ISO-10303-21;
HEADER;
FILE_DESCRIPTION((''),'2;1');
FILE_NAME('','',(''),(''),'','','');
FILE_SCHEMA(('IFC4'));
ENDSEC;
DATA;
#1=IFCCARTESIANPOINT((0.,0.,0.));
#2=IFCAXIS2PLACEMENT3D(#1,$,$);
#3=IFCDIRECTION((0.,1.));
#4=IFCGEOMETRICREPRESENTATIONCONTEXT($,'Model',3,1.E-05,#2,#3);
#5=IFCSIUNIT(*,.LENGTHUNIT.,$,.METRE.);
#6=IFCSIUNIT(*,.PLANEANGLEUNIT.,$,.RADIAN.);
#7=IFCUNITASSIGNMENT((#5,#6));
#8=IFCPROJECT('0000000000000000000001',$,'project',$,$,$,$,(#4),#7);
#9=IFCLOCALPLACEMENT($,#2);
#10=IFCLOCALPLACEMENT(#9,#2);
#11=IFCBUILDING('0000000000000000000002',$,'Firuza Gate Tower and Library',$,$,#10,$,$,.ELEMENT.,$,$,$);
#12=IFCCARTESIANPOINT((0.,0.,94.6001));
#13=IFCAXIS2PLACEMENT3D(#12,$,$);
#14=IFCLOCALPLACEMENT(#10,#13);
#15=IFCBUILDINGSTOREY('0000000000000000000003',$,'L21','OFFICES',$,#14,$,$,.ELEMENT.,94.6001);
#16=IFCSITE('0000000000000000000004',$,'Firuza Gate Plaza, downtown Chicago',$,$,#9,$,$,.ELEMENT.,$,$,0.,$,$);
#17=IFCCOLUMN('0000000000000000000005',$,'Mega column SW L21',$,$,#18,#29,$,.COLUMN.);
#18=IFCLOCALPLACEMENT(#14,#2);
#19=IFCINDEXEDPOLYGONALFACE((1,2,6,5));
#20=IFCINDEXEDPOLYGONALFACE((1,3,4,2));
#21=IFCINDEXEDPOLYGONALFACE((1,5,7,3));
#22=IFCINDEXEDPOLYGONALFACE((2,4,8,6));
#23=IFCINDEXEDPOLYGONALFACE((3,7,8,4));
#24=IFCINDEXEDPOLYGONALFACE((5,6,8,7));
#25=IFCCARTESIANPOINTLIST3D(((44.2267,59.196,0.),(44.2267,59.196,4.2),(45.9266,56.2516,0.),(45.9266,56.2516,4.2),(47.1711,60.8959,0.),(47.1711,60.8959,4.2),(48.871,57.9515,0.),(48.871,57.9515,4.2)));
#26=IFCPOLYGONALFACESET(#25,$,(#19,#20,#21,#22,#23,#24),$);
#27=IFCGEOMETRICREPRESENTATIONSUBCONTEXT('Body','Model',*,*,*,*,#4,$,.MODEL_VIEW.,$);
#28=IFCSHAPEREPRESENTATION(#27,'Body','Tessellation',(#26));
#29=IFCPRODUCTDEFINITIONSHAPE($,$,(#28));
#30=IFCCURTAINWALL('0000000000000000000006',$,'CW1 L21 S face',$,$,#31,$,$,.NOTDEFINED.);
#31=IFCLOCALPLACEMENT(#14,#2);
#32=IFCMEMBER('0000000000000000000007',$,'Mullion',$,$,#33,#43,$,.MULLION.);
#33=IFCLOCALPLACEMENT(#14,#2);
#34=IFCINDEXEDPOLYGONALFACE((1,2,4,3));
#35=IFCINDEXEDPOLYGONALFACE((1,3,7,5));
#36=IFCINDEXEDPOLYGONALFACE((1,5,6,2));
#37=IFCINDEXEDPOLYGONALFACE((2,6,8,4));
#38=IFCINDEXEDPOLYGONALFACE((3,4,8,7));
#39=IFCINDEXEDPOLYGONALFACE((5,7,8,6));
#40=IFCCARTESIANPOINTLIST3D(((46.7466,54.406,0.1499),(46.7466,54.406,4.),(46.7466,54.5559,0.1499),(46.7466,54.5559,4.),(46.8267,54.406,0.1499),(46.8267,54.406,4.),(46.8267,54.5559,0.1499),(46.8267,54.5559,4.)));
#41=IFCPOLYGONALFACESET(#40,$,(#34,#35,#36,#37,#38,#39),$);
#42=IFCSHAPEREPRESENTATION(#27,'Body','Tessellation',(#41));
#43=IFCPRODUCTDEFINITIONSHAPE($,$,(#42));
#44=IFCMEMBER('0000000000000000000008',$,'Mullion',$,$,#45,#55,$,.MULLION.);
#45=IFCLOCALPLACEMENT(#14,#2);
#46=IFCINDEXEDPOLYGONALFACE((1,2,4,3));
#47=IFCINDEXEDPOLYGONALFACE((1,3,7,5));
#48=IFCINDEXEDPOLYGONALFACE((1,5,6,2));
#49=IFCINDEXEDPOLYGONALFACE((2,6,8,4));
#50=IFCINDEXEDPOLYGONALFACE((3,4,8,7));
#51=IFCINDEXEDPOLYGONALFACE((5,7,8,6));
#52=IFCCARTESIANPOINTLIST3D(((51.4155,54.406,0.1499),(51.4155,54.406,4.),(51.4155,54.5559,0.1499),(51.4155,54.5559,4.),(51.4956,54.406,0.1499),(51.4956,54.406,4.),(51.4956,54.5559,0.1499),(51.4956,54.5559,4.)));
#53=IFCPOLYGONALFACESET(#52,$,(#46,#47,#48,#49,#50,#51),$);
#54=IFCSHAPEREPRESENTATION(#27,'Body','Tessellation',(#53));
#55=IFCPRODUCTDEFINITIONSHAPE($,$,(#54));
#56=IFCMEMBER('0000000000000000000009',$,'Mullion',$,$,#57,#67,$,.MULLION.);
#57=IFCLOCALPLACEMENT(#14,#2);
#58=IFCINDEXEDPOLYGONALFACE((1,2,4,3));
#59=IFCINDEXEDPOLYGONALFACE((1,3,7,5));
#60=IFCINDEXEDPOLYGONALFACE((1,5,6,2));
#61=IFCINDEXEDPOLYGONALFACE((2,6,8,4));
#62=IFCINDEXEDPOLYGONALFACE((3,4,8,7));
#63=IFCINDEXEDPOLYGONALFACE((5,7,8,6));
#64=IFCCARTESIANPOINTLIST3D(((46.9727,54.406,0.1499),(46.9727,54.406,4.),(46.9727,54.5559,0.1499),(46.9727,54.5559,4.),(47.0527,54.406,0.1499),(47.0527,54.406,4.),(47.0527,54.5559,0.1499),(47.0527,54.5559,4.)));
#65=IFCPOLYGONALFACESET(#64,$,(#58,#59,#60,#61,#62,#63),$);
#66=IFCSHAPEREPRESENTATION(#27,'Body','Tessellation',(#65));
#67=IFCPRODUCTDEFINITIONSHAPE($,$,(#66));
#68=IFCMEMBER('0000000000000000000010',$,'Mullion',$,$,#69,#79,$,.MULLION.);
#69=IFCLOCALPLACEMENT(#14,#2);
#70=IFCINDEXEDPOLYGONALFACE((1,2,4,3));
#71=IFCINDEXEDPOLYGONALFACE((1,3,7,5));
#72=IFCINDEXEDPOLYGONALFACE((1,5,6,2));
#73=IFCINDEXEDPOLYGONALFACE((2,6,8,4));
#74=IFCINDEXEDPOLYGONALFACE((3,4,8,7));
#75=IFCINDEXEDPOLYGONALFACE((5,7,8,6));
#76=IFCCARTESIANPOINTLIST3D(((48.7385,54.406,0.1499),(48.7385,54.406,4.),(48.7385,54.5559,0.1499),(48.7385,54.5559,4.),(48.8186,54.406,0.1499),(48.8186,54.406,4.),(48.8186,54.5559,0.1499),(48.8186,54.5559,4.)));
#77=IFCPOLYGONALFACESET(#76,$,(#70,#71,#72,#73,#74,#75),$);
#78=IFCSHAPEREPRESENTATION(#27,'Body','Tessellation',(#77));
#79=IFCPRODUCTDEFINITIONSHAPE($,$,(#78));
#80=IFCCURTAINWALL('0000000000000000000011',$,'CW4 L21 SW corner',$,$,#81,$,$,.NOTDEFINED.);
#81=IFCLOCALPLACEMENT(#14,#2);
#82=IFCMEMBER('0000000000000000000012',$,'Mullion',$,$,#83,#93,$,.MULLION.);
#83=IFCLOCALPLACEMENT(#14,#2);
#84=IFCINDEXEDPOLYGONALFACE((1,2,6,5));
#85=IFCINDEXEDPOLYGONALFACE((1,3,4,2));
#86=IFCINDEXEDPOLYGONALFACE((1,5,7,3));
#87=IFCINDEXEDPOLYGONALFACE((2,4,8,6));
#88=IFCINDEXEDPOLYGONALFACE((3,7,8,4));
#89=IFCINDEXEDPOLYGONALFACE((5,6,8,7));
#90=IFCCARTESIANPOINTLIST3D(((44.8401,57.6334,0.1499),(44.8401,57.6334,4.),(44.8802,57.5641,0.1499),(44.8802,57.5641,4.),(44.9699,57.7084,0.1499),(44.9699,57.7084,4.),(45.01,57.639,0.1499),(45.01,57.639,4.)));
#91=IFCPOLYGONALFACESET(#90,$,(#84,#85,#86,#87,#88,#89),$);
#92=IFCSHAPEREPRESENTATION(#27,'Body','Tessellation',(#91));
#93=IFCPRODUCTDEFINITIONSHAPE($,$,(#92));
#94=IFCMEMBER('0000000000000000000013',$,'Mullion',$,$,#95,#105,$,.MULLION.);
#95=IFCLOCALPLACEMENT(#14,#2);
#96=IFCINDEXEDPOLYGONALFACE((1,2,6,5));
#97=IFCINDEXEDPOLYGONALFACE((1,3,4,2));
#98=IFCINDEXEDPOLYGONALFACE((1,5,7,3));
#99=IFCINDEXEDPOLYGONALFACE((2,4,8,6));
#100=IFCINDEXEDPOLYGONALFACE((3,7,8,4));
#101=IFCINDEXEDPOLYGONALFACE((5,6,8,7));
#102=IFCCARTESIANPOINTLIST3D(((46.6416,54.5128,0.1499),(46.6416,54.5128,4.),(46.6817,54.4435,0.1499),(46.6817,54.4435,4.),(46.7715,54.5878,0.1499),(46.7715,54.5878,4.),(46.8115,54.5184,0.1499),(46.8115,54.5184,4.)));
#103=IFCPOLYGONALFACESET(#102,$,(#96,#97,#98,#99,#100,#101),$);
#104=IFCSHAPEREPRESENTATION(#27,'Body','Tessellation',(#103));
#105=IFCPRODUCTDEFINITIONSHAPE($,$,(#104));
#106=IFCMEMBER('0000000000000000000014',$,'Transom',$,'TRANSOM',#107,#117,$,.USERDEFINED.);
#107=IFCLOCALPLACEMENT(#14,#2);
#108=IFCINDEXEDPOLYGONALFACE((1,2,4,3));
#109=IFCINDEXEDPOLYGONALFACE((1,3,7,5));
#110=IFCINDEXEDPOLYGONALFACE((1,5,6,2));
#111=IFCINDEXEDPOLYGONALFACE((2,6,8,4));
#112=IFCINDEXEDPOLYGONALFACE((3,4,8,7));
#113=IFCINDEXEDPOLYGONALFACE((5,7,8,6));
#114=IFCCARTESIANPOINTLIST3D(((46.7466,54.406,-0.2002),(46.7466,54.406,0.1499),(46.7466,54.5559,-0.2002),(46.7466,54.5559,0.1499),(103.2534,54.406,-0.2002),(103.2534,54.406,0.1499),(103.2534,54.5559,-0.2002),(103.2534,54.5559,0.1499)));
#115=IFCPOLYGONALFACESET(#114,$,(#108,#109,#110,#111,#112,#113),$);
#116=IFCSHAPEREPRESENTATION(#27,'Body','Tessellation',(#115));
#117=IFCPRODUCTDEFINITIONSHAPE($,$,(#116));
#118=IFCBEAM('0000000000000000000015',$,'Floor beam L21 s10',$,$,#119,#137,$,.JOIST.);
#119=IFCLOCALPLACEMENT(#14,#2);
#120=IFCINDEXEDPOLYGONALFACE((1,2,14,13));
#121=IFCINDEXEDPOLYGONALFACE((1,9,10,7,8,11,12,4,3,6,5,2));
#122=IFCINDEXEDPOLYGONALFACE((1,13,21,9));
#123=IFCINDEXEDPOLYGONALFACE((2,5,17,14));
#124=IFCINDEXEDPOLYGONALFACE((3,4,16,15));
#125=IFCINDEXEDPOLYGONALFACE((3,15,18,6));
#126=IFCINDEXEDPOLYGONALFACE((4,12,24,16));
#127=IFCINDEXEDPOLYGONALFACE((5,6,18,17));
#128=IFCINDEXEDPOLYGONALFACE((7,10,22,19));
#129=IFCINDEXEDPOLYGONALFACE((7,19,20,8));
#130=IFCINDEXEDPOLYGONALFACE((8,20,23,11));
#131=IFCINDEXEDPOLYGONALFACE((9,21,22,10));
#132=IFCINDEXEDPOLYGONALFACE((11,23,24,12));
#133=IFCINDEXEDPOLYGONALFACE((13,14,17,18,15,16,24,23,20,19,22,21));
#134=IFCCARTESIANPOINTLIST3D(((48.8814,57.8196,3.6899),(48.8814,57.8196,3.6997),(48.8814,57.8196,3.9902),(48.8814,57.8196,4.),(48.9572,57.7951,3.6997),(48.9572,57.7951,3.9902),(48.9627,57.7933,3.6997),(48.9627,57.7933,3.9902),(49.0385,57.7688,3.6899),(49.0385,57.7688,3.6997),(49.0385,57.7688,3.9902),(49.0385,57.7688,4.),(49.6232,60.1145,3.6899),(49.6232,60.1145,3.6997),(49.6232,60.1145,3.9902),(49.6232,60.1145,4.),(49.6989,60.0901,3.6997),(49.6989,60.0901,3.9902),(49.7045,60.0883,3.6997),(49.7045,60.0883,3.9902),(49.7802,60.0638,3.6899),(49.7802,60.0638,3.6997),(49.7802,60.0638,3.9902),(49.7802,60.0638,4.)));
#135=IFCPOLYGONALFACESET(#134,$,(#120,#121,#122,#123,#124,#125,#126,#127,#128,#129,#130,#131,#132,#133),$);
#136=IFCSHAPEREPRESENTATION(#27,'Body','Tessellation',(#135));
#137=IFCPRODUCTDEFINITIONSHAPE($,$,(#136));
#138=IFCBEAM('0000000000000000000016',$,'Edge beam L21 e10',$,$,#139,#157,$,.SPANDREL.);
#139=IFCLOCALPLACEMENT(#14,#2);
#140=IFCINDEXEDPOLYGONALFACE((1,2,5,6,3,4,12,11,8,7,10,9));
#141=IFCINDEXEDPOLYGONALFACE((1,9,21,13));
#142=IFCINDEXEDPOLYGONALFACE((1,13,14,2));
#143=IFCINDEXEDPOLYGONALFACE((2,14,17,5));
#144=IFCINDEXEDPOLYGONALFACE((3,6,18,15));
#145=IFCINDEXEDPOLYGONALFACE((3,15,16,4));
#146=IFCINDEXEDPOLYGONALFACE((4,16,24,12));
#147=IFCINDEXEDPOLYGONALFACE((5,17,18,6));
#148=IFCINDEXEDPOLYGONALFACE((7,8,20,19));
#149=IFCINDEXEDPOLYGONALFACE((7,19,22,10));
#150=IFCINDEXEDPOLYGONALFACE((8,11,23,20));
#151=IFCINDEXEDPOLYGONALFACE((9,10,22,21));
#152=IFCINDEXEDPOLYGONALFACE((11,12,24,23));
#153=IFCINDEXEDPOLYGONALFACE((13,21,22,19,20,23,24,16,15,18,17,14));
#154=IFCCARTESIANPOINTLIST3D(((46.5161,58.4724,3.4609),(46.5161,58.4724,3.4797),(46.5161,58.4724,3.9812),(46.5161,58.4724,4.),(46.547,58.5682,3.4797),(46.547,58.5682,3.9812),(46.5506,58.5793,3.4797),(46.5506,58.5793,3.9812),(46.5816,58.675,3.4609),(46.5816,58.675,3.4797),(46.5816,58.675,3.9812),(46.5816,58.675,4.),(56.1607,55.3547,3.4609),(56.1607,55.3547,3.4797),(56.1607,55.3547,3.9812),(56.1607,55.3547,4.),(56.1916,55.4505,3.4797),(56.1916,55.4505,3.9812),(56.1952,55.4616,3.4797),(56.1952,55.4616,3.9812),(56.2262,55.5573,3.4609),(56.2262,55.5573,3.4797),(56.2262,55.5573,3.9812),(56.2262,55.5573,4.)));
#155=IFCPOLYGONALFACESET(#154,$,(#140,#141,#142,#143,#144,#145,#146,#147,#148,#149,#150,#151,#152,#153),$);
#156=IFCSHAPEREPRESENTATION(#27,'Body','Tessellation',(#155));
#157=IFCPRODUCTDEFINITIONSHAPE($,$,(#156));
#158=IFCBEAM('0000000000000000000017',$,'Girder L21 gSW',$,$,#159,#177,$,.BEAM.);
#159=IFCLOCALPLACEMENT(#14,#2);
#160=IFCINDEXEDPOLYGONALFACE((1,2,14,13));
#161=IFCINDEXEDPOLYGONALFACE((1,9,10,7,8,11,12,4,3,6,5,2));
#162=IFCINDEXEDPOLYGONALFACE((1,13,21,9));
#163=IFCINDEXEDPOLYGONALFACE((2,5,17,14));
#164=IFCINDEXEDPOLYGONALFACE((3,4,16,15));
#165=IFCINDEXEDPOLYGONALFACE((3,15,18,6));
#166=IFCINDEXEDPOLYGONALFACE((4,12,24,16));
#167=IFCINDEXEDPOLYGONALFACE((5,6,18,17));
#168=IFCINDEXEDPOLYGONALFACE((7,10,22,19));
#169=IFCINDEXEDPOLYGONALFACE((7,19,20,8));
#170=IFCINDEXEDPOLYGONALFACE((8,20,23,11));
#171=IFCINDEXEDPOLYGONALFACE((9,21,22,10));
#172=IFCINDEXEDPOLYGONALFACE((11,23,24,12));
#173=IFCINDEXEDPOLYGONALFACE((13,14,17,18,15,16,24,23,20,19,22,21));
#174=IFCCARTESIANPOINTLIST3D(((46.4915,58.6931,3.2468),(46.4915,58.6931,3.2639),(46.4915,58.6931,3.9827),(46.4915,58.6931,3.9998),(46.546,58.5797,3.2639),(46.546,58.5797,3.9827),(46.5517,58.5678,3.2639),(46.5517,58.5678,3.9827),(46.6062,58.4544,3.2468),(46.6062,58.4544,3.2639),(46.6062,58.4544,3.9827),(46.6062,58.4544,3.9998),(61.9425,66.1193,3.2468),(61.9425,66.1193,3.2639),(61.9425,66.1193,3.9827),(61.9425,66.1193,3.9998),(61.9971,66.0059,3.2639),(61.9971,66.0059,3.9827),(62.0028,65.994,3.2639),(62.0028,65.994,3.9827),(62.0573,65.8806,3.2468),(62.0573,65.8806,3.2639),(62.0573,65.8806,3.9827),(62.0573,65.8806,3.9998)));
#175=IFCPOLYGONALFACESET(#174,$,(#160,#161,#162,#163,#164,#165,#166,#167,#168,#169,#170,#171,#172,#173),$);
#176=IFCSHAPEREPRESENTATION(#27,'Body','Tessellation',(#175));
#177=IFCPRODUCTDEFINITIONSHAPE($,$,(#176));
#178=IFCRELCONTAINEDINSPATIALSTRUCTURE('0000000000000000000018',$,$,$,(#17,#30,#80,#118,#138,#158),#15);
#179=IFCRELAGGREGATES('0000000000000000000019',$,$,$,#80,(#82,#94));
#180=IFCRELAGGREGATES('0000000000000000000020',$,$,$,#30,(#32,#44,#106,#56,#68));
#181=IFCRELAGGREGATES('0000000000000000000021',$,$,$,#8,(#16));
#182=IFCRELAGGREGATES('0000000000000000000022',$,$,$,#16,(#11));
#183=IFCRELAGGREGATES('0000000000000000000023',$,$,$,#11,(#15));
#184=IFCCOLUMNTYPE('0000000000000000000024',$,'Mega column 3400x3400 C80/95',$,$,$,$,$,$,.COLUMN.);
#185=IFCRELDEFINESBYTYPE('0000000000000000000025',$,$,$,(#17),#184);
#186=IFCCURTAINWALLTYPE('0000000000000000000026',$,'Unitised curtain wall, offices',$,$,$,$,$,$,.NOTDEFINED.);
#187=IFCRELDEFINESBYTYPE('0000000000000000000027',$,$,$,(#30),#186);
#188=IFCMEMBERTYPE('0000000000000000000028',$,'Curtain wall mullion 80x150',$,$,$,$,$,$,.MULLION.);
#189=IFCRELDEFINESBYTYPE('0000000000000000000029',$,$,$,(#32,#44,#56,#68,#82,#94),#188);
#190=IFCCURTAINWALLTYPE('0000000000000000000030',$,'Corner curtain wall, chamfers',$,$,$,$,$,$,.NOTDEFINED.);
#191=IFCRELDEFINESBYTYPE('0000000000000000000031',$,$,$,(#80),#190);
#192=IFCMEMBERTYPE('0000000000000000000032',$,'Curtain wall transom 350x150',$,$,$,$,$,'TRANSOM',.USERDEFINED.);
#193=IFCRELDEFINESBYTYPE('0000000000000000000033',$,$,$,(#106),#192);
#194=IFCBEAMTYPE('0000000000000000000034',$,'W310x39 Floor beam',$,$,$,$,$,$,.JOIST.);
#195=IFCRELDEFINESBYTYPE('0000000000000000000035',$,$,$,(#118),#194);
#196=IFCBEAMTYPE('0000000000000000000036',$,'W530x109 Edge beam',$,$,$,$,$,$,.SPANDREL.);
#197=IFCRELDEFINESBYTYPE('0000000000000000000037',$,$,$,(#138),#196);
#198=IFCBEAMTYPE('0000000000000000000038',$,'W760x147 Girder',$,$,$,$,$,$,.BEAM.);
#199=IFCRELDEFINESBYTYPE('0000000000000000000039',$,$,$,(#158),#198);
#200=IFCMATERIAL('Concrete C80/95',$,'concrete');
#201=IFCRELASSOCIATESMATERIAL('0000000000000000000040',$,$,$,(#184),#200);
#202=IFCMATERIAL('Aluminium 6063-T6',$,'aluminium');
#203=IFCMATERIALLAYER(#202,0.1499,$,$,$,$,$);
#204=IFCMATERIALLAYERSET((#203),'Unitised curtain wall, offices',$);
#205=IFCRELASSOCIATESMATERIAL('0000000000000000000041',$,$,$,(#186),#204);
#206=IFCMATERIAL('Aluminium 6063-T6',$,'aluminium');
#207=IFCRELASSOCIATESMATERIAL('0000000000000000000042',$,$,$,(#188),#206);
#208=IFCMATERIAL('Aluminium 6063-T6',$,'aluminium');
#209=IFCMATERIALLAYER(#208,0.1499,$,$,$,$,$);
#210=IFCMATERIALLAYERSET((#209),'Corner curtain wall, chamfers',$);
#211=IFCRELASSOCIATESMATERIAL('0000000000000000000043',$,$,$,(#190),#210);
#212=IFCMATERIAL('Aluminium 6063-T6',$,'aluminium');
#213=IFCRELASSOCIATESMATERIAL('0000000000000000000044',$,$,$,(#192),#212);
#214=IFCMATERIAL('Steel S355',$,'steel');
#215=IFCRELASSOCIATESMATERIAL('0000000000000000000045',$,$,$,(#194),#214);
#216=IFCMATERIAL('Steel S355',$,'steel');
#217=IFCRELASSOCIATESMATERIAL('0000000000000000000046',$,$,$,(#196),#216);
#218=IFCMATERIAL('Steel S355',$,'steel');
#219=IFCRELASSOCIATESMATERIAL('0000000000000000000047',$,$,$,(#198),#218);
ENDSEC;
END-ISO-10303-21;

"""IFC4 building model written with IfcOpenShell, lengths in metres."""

from ifc_helpers import new_model, si_unit, direction, frame, origin, origin_2d, place, context, subcontext, project, spatial, rectangle, i_section, extrude, material, layer, layer_set, material_profile, profile_set, type_object, element, aggregate, save


model = new_model("IFC4")

# Units and contexts
model_context = context("Model", 3, precision=1e-05, world=origin(), true_north=direction((0.0, 1.0)))
body_context = subcontext(model_context, "Body", "Model", "MODEL_VIEW")
ifc_project = project(units=[si_unit("LENGTHUNIT", "METRE"), si_unit("PLANEANGLEUNIT", "RADIAN")], contexts=[model_context])

# Site, building, storey
site_placement = place(None, origin())
site = spatial("IfcSite", under=ifc_project, at=site_placement, Name="Firuza Gate Plaza, downtown Chicago", CompositionType="ELEMENT", RefElevation=0.0)
building_placement = place(site_placement, origin())
building = spatial("IfcBuilding", under=site, at=building_placement, Name="Firuza Gate Tower and Library", CompositionType="ELEMENT")
storey_placement = place(building_placement, frame((0.0, 0.0, 94.6001)))
storey = spatial("IfcBuildingStorey", under=building, at=storey_placement, Name="L21", Description="OFFICES", CompositionType="ELEMENT", Elevation=94.6001)

# Column
ifc_material_1 = material(Name="Concrete C80/95", Category="concrete")
ifc_material_profile_1 = material_profile(ifc_material_1, rectangle(XDim=3.3999, YDim=3.3999, at=origin_2d()))
ifc_profile_set_1 = profile_set([ifc_material_profile_1], Name="Concrete C80/95")
column_type = type_object("IfcColumnType", Name="Mega column 3400x3400 C80/95", PredefinedType="COLUMN", material=ifc_profile_set_1)
column_placement = place(storey_placement, frame((46.5488, 58.5737, 0.0), z_axis=(0.0, 0.0, 1.0), x_axis=(0.5, -0.866025, 0.0)))
element("IfcColumn", 1, at=column_placement, inside=storey, type_object=column_type, Name="Mega column SW L21", PredefinedType="COLUMN", context=body_context, shape_type="SweptSolid", body=[
    extrude(rectangle(XDim=3.3999, YDim=3.3999, at=origin_2d()), origin(), (0.0, 0.0, 1.0), 4.2),
])

# Curtain walls, members
ifc_material_2 = material(Name="Aluminium 6063-T6", Category="aluminium")
ifc_layer_1 = layer(ifc_material_2, 0.1499)
ifc_layer_set_1 = layer_set([ifc_layer_1], Name="Unitised curtain wall, offices")
curtain_wall_type_1 = type_object("IfcCurtainWallType", Name="Unitised curtain wall, offices", PredefinedType="NOTDEFINED", material=ifc_layer_set_1)
placement_1 = place(storey_placement, origin())
curtain_wall_1 = element("IfcCurtainWall", 2, at=placement_1, inside=storey, type_object=curtain_wall_type_1, Name="CW1 L21 S face", PredefinedType="NOTDEFINED")
ifc_material_3 = material(Name="Aluminium 6063-T6", Category="aluminium")
ifc_material_profile_2 = material_profile(ifc_material_3, rectangle(XDim=0.1499, YDim=0.0801, at=origin_2d()))
ifc_profile_set_2 = profile_set([ifc_material_profile_2], Name="Aluminium 6063-T6")
member_type_1 = type_object("IfcMemberType", Name="Curtain wall mullion 80x150", PredefinedType="MULLION", material=ifc_profile_set_2)
member_1_placement = place(storey_placement, frame((46.7866, 54.481, 0.1499), z_axis=(0.0, 0.0, 1.0), x_axis=(0.0, 1.0, 0.0)))
member_1 = element("IfcMember", 3, at=member_1_placement, type_object=member_type_1, Name="Mullion", PredefinedType="MULLION", context=body_context, shape_type="SweptSolid", body=[
    extrude(rectangle(XDim=0.1499, YDim=0.0801, at=origin_2d()), origin(), (0.0, 0.0, 1.0), 3.8501),
])
member_2_placement = place(storey_placement, frame((51.4556, 54.481, 0.1499), z_axis=(0.0, 0.0, 1.0), x_axis=(0.0, 1.0, 0.0)))
member_2 = element("IfcMember", 4, at=member_2_placement, type_object=member_type_1, Name="Mullion", PredefinedType="MULLION", context=body_context, shape_type="SweptSolid", body=[
    extrude(rectangle(XDim=0.1499, YDim=0.0801, at=origin_2d()), origin(), (0.0, 0.0, 1.0), 3.8501),
])
member_3_placement = place(storey_placement, frame((47.0127, 54.481, 0.1499), z_axis=(0.0, 0.0, 1.0), x_axis=(0.0, 1.0, 0.0)))
member_3 = element("IfcMember", 5, at=member_3_placement, type_object=member_type_1, Name="Mullion", PredefinedType="MULLION", context=body_context, shape_type="SweptSolid", body=[
    extrude(rectangle(XDim=0.1499, YDim=0.0801, at=origin_2d()), origin(), (0.0, 0.0, 1.0), 3.8501),
])
member_4_placement = place(storey_placement, frame((48.7786, 54.481, 0.1499), z_axis=(0.0, 0.0, 1.0), x_axis=(0.0, 1.0, 0.0)))
member_4 = element("IfcMember", 6, at=member_4_placement, type_object=member_type_1, Name="Mullion", PredefinedType="MULLION", context=body_context, shape_type="SweptSolid", body=[
    extrude(rectangle(XDim=0.1499, YDim=0.0801, at=origin_2d()), origin(), (0.0, 0.0, 1.0), 3.8501),
])
ifc_material_4 = material(Name="Aluminium 6063-T6", Category="aluminium")
ifc_layer_2 = layer(ifc_material_4, 0.1499)
ifc_layer_set_2 = layer_set([ifc_layer_2], Name="Corner curtain wall, chamfers")
curtain_wall_type_2 = type_object("IfcCurtainWallType", Name="Corner curtain wall, chamfers", PredefinedType="NOTDEFINED", material=ifc_layer_set_2)
curtain_wall_2 = element("IfcCurtainWall", 7, at=placement_1, inside=storey, type_object=curtain_wall_type_2, Name="CW4 L21 SW corner", PredefinedType="NOTDEFINED")
member_5_placement = place(storey_placement, frame((44.925, 57.6362, 0.1499), z_axis=(0.0, 0.0, 1.0), x_axis=(0.866025, 0.5, 0.0)))
member_5 = element("IfcMember", 8, at=member_5_placement, type_object=member_type_1, Name="Mullion", PredefinedType="MULLION", context=body_context, shape_type="SweptSolid", body=[
    extrude(rectangle(XDim=0.1499, YDim=0.0801, at=origin_2d()), origin(), (0.0, 0.0, 1.0), 3.8501),
])
member_6_placement = place(storey_placement, frame((46.7266, 54.5156, 0.1499), z_axis=(0.0, 0.0, 1.0), x_axis=(0.866025, 0.5, 0.0)))
member_6 = element("IfcMember", 9, at=member_6_placement, type_object=member_type_1, Name="Mullion", PredefinedType="MULLION", context=body_context, shape_type="SweptSolid", body=[
    extrude(rectangle(XDim=0.1499, YDim=0.0801, at=origin_2d()), origin(), (0.0, 0.0, 1.0), 3.8501),
])

# Member
ifc_material_5 = material(Name="Aluminium 6063-T6", Category="aluminium")
ifc_material_profile_3 = material_profile(ifc_material_5, rectangle(XDim=0.1499, YDim=0.3501, at=origin_2d()))
ifc_profile_set_3 = profile_set([ifc_material_profile_3], Name="Aluminium 6063-T6")
member_type_2 = type_object("IfcMemberType", Name="Curtain wall transom 350x150", ElementType="TRANSOM", PredefinedType="USERDEFINED", material=ifc_profile_set_3)
member_7_placement = place(storey_placement, frame((46.7466, 54.481, -0.0251), z_axis=(1.0, 0.0, 0.0), x_axis=(0.0, 1.0, 0.0)))
member_7 = element("IfcMember", 10, at=member_7_placement, type_object=member_type_2, Name="Transom", ObjectType="TRANSOM", PredefinedType="USERDEFINED", context=body_context, shape_type="SweptSolid", body=[
    extrude(rectangle(XDim=0.1499, YDim=0.3501, at=origin_2d()), origin(), (0.0, 0.0, 1.0), 56.5068),
])

# Beams
ifc_material_6 = material(Name="Steel S355", Category="steel")
ifc_material_profile_4 = material_profile(ifc_material_6, i_section(OverallWidth=0.165, OverallDepth=0.3101, WebThickness=0.0059, FlangeThickness=0.0098, at=origin_2d()))
ifc_profile_set_4 = profile_set([ifc_material_profile_4], Name="Steel S355")
beam_type_1 = type_object("IfcBeamType", Name="W310x39 Floor beam", PredefinedType="JOIST", material=ifc_profile_set_4)
beam_1_placement = place(storey_placement, frame((48.96, 57.7942, 3.845), z_axis=(0.307529, 0.951539, 0.0), x_axis=(-0.951539, 0.307529, 0.0)))
element("IfcBeam", 11, at=beam_1_placement, inside=storey, type_object=beam_type_1, Name="Floor beam L21 s10", PredefinedType="JOIST", context=body_context, shape_type="SweptSolid", body=[
    extrude(i_section(OverallWidth=0.165, OverallDepth=0.3101, WebThickness=0.0059, FlangeThickness=0.0098, at=origin_2d()), origin(), (0.0, 0.0, 1.0), 2.4119),
])
ifc_material_7 = material(Name="Steel S355", Category="steel")
ifc_material_profile_5 = material_profile(ifc_material_7, i_section(OverallWidth=0.2129, OverallDepth=0.5391, WebThickness=0.0117, FlangeThickness=0.0188, at=origin_2d()))
ifc_profile_set_5 = profile_set([ifc_material_profile_5], Name="Steel S355")
beam_type_2 = type_object("IfcBeamType", Name="W530x109 Edge beam", PredefinedType="SPANDREL", material=ifc_profile_set_5)
beam_2_placement = place(storey_placement, frame((46.5488, 58.5737, 3.7305), z_axis=(0.95152, -0.307587, 0.0), x_axis=(0.307587, 0.95152, 0.0)))
element("IfcBeam", 12, at=beam_2_placement, inside=storey, type_object=beam_type_2, Name="Edge beam L21 e10", PredefinedType="SPANDREL", context=body_context, shape_type="SweptSolid", body=[
    extrude(i_section(OverallWidth=0.2129, OverallDepth=0.5391, WebThickness=0.0117, FlangeThickness=0.0188, at=origin_2d()), origin(), (0.0, 0.0, 1.0), 10.136),
])
ifc_material_8 = material(Name="Steel S355", Category="steel")
ifc_material_profile_6 = material_profile(ifc_material_8, i_section(OverallWidth=0.2649, OverallDepth=0.7529, WebThickness=0.0132, FlangeThickness=0.0171, at=origin_2d()))
ifc_profile_set_6 = profile_set([ifc_material_profile_6], Name="Steel S355")
beam_type_3 = type_object("IfcBeamType", Name="W760x147 Girder", PredefinedType="BEAM", material=ifc_profile_set_6)
beam_3_placement = place(storey_placement, frame((46.5488, 58.5737, 3.6233), z_axis=(0.901302, 0.433191, 0.0), x_axis=(-0.433191, 0.901302, 0.0)))
element("IfcBeam", 13, at=beam_3_placement, inside=storey, type_object=beam_type_3, Name="Girder L21 gSW", PredefinedType="BEAM", context=body_context, shape_type="SweptSolid", body=[
    extrude(i_section(OverallWidth=0.2649, OverallDepth=0.7529, WebThickness=0.0132, FlangeThickness=0.0171, at=origin_2d()), origin(), (0.0, 0.0, 1.0), 17.1431),
])

aggregate(curtain_wall_2, [member_5, member_6])
aggregate(curtain_wall_1, [member_1, member_2, member_7, member_3, member_4])

save(model, "model.ifc")
